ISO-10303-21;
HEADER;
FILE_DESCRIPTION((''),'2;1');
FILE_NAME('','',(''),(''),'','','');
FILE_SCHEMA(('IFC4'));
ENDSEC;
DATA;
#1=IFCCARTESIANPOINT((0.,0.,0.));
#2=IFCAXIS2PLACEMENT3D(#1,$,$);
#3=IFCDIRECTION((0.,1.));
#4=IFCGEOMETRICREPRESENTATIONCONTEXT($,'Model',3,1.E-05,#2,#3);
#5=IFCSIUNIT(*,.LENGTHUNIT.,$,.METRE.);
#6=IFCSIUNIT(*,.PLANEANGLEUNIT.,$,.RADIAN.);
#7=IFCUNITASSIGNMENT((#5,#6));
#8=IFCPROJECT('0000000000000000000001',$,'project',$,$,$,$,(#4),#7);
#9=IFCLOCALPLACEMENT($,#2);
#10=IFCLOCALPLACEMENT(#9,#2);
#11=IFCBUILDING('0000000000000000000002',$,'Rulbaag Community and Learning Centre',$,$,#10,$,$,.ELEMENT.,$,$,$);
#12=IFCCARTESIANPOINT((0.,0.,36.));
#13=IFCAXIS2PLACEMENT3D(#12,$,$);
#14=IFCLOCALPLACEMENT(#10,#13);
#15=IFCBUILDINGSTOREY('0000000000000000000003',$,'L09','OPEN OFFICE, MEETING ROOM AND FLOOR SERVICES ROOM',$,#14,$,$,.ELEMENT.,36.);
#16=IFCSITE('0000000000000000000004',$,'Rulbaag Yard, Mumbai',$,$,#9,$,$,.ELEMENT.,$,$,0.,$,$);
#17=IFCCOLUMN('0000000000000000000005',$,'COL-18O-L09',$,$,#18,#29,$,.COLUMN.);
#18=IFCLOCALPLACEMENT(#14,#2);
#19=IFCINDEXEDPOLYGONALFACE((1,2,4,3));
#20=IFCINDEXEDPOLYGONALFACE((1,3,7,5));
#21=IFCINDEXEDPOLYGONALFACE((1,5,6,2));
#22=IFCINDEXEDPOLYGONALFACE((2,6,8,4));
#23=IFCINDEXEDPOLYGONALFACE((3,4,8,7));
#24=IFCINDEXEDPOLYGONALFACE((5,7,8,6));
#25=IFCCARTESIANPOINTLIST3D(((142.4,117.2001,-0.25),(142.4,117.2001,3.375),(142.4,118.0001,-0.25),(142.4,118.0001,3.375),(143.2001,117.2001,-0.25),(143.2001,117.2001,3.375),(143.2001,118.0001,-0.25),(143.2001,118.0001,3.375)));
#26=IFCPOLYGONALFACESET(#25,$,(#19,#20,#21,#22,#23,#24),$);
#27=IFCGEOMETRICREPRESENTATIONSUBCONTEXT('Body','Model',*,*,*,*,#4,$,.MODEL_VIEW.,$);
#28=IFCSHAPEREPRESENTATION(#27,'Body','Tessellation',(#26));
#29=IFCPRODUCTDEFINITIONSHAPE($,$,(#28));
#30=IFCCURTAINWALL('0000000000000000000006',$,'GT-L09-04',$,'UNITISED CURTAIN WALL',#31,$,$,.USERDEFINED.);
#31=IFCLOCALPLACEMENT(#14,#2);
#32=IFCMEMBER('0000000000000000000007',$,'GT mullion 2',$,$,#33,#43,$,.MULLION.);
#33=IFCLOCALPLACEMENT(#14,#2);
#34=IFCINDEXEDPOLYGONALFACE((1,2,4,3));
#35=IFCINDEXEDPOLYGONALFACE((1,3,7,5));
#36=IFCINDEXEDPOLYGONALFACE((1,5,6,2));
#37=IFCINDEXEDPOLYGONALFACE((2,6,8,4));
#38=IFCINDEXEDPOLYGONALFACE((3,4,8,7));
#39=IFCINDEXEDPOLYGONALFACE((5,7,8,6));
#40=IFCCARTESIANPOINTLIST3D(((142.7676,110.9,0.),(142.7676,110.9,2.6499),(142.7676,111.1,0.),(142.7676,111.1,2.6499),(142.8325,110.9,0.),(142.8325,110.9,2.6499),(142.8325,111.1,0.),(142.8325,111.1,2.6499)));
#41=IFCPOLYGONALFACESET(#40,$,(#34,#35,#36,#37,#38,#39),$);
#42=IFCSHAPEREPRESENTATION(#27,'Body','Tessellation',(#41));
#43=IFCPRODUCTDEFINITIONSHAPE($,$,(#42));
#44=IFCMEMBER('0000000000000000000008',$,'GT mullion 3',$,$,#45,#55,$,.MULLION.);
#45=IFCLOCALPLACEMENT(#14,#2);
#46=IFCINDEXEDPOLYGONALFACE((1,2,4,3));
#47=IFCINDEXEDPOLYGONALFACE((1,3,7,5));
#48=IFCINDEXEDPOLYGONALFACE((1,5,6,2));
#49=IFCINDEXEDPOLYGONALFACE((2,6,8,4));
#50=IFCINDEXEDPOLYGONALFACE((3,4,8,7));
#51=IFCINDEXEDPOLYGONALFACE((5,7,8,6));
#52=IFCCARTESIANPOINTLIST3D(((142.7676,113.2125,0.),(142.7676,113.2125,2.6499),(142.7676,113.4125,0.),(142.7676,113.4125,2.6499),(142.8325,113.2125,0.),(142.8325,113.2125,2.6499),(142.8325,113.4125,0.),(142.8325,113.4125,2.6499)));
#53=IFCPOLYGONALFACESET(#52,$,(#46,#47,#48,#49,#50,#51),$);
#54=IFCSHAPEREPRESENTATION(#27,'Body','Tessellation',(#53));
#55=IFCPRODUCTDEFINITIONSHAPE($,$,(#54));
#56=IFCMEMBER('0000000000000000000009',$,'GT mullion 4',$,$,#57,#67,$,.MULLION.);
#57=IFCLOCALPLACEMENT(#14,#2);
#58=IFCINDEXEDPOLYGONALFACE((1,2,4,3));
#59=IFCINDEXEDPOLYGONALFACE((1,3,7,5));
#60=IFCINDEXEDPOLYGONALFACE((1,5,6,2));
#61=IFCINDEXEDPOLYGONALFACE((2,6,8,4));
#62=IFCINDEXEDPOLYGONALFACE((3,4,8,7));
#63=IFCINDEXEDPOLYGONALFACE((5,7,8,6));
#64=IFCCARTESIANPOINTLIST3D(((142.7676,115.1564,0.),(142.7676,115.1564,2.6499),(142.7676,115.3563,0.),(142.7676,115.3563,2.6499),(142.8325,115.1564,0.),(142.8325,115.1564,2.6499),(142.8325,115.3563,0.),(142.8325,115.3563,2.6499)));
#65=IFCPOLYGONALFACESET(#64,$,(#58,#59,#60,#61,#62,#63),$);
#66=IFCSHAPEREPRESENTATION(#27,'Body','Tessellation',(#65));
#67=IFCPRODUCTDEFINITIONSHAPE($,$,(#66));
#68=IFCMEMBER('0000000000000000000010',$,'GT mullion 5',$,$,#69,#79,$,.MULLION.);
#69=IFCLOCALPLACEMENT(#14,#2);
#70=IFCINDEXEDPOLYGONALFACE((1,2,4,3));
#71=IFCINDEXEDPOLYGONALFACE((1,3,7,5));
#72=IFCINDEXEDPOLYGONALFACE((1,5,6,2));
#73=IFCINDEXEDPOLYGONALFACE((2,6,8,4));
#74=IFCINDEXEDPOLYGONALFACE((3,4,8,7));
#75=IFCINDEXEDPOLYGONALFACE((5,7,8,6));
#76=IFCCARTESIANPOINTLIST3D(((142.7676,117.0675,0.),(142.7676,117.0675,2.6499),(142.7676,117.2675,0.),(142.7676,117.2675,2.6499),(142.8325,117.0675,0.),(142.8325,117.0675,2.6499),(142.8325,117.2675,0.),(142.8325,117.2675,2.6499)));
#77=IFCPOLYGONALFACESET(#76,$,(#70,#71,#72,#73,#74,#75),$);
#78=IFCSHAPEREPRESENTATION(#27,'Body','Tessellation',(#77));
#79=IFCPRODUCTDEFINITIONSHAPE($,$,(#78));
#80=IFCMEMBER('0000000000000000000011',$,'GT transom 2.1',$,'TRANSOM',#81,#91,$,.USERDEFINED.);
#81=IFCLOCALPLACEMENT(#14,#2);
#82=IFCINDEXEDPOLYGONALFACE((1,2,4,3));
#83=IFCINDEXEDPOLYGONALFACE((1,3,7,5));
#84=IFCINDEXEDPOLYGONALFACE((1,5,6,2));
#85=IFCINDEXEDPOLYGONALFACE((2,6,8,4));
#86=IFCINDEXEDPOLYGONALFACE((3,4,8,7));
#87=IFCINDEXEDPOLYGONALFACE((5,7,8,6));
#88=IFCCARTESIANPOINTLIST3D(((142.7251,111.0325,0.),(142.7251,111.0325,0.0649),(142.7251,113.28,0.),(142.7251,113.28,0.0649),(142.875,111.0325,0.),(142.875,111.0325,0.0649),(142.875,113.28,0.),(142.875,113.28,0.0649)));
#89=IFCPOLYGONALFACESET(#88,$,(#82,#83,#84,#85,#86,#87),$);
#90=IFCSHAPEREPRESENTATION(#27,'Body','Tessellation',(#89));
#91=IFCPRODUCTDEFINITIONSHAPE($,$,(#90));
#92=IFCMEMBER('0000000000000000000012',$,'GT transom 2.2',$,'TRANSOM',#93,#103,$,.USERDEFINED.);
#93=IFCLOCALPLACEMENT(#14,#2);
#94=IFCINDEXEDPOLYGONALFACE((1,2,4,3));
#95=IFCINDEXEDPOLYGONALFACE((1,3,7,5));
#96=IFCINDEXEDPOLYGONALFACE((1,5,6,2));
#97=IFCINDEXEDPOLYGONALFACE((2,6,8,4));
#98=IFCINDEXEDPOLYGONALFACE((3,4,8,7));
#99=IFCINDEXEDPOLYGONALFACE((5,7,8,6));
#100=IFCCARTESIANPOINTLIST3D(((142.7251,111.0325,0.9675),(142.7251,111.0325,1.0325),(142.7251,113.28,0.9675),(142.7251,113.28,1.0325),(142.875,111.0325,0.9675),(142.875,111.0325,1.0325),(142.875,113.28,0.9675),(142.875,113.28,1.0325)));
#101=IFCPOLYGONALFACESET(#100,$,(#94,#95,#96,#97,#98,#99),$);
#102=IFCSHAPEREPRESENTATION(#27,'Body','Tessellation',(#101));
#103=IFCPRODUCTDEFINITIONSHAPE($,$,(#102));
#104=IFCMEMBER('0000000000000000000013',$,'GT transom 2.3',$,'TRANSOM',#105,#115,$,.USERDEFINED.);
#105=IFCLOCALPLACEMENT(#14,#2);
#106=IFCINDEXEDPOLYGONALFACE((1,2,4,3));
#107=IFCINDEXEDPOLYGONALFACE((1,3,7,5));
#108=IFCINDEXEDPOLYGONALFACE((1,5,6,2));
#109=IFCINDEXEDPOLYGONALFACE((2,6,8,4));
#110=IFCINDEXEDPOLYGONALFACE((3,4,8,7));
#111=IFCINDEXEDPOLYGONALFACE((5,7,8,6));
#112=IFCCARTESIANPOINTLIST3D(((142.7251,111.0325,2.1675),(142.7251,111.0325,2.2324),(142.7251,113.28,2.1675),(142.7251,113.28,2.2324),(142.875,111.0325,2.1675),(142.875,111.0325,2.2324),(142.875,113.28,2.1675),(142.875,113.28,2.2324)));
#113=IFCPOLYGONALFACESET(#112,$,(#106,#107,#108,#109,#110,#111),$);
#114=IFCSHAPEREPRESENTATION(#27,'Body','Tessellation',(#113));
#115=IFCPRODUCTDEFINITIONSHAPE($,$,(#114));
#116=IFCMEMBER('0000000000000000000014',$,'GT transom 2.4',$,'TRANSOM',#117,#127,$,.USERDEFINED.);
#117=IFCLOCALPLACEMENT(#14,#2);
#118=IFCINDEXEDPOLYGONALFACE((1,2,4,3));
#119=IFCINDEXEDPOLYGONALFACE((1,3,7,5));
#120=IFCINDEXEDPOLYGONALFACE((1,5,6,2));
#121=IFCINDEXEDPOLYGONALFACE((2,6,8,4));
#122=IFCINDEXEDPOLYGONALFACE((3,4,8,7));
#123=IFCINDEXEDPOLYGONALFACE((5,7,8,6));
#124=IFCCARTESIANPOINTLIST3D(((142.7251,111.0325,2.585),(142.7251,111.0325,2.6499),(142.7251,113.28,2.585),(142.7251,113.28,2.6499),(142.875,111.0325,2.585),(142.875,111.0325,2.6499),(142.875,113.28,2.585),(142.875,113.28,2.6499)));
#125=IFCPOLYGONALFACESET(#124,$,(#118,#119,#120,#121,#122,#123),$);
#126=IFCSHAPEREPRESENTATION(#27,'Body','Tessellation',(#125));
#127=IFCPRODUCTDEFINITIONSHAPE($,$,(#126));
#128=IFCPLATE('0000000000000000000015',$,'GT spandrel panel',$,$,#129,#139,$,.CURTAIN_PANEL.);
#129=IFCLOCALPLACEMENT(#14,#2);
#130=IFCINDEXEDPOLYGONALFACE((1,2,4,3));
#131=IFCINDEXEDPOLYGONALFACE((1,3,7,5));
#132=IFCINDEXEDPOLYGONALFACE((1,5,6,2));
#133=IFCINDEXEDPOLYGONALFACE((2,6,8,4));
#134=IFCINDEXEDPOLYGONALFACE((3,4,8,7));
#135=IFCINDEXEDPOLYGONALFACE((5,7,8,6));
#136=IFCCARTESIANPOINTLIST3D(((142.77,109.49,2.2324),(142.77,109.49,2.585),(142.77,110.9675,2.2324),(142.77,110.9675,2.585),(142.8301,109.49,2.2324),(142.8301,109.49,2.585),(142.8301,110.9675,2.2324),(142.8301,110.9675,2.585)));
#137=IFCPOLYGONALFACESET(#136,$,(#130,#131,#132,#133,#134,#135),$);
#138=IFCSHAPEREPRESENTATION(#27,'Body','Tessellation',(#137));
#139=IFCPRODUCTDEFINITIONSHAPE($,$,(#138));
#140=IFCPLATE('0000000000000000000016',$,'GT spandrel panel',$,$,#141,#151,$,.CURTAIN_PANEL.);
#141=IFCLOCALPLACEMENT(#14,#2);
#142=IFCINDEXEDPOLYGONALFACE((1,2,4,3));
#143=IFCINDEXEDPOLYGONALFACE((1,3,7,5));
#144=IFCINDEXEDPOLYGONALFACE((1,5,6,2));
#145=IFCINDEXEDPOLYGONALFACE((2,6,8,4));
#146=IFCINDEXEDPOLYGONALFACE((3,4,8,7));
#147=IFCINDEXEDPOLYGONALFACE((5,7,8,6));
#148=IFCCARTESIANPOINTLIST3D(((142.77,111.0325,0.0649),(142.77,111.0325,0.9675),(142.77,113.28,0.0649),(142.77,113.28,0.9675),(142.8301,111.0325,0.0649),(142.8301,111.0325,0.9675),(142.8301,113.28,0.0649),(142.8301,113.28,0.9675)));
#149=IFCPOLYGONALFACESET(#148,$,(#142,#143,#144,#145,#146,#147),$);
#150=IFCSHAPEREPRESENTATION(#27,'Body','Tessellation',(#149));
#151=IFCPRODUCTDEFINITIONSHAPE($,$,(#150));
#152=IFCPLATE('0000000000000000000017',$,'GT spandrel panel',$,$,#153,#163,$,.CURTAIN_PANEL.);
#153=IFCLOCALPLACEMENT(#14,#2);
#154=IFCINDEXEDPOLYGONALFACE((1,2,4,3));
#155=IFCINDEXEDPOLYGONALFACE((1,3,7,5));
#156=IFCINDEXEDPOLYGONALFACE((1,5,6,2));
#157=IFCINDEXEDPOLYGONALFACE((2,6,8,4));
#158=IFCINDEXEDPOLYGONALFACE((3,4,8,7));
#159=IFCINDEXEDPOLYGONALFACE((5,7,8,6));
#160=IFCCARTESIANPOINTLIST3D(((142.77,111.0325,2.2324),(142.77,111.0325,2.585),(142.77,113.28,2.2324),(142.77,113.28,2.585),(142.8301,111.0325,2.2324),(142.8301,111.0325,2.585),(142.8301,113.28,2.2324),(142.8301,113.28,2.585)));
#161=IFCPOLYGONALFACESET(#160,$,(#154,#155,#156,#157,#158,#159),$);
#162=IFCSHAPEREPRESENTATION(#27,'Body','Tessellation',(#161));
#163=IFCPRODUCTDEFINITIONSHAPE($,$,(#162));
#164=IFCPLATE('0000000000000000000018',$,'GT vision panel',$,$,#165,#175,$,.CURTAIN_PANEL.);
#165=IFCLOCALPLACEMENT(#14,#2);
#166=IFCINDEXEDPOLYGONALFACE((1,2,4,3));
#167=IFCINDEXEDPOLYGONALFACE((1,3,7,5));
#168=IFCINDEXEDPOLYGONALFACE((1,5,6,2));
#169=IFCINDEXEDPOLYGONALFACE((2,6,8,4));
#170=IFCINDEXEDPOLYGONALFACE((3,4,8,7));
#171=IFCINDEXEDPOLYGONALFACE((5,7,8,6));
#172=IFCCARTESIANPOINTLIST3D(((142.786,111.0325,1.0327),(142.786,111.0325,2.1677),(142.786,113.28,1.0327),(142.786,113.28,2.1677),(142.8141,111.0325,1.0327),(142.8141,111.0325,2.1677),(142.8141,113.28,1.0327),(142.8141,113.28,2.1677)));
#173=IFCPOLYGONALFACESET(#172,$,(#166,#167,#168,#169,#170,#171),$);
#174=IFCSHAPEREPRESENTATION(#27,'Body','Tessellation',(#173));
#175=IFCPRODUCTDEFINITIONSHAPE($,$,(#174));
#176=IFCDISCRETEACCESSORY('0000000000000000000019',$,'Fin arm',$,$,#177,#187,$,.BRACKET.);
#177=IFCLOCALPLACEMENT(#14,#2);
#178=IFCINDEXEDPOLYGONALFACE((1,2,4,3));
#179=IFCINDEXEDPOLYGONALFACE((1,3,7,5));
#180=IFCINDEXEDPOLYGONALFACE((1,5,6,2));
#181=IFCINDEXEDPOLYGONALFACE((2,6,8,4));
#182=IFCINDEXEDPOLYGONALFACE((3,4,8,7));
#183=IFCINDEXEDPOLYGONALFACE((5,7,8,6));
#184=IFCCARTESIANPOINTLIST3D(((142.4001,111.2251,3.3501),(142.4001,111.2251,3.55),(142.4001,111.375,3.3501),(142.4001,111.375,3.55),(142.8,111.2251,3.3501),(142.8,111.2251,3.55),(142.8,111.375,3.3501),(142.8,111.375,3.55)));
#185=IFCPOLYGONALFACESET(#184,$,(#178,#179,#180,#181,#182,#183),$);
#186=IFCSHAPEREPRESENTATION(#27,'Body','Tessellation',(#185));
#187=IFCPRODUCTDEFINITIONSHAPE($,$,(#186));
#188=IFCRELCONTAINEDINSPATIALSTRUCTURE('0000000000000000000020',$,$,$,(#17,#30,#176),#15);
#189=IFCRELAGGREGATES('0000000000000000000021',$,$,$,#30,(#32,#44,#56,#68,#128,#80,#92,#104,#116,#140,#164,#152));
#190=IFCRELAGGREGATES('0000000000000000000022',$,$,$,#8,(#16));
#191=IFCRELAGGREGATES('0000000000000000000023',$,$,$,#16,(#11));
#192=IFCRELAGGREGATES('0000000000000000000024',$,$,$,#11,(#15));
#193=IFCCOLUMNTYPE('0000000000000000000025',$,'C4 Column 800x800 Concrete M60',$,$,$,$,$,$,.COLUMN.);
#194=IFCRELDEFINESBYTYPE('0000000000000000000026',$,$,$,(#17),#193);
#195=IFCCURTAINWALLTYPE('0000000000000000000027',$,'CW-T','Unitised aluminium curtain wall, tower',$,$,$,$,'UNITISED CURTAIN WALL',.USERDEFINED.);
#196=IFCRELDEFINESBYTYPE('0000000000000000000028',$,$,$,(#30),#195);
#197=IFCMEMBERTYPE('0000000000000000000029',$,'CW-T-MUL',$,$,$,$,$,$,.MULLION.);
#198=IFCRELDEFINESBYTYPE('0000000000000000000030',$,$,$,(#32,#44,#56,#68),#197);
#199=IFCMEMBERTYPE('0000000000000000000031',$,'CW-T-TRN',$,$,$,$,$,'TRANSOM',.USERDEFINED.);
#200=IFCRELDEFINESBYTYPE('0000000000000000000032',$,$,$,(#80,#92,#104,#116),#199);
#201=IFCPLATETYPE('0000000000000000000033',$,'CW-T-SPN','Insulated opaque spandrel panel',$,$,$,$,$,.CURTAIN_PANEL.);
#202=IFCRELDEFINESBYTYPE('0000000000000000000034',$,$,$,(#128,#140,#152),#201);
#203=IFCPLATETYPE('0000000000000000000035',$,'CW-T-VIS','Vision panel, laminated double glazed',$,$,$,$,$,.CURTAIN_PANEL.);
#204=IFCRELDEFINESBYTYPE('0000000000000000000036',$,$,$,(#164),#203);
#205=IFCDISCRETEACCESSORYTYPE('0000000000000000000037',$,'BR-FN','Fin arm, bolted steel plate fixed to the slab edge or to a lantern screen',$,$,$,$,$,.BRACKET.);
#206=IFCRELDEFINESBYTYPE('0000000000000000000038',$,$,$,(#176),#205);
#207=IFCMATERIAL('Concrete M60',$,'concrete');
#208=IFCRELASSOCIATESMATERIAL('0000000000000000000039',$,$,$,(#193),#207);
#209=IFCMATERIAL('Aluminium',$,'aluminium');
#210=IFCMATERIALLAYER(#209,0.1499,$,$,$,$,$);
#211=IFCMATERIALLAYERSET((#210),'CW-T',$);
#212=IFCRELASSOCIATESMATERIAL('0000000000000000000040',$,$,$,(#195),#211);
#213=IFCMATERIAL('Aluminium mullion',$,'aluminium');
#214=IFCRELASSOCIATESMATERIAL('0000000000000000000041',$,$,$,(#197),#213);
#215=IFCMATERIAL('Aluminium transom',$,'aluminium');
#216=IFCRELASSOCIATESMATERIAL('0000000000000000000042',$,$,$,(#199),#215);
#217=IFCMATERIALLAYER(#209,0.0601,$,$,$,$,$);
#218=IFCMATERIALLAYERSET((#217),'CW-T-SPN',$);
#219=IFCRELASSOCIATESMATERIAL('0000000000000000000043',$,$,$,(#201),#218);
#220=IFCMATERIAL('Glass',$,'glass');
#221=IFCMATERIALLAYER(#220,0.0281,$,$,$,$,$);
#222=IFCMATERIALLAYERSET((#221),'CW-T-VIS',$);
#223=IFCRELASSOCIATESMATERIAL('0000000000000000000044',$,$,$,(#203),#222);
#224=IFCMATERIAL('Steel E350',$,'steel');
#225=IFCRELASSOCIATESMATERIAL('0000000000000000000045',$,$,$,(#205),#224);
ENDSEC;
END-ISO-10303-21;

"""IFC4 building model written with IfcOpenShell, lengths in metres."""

from ifc_helpers import new_model, si_unit, direction, frame, origin, origin_2d, place, context, subcontext, project, spatial, rectangle, extrude, material, layer, layer_set, material_profile, profile_set, type_object, element, aggregate, save


model = new_model("IFC4")

# Units and contexts
model_context = context("Model", 3, precision=1e-05, world=origin(), true_north=direction((0.0, 1.0)))
body_context = subcontext(model_context, "Body", "Model", "MODEL_VIEW")
ifc_project = project(units=[si_unit("LENGTHUNIT", "METRE"), si_unit("PLANEANGLEUNIT", "RADIAN")], contexts=[model_context])

# Site, building, storey
site_placement = place(None, origin())
site = spatial("IfcSite", under=ifc_project, at=site_placement, Name="Rulbaag Yard, Mumbai", CompositionType="ELEMENT", RefElevation=0.0)
building_placement = place(site_placement, origin())
building = spatial("IfcBuilding", under=site, at=building_placement, Name="Rulbaag Community and Learning Centre", CompositionType="ELEMENT")
storey_placement = place(building_placement, frame((0.0, 0.0, 36.0)))
storey = spatial("IfcBuildingStorey", under=building, at=storey_placement, Name="L09", Description="OPEN OFFICE, MEETING ROOM AND FLOOR SERVICES ROOM", CompositionType="ELEMENT", Elevation=36.0)

# Column
ifc_material_1 = material(Name="Concrete M60", Category="concrete")
ifc_material_profile_1 = material_profile(ifc_material_1, rectangle(XDim=0.8, YDim=0.8, at=origin_2d()), Name="RC800x800")
ifc_profile_set_1 = profile_set([ifc_material_profile_1], Name="Concrete M60")
column_type = type_object("IfcColumnType", Name="C4 Column 800x800 Concrete M60", PredefinedType="COLUMN", material=ifc_profile_set_1)
column_placement = place(storey_placement, frame((142.8, 117.6001, -0.25), z_axis=(0.0, 0.0, 1.0), x_axis=(1.0, 0.0, 0.0)))
element("IfcColumn", 1, at=column_placement, inside=storey, type_object=column_type, Name="COL-18O-L09", PredefinedType="COLUMN", context=body_context, shape_type="SweptSolid", body=[
    extrude(rectangle(XDim=0.8, YDim=0.8, at=origin_2d()), origin(), (0.0, 0.0, 1.0), 3.625),
])

# Curtain wall, members, plates
ifc_material_2 = material(Name="Aluminium", Category="aluminium")
ifc_layer_1 = layer(ifc_material_2, 0.1499)
ifc_layer_set_1 = layer_set([ifc_layer_1], Name="CW-T")
curtain_wall_type = type_object("IfcCurtainWallType", Name="CW-T", Description="Unitised aluminium curtain wall, tower", ElementType="UNITISED CURTAIN WALL", PredefinedType="USERDEFINED", material=ifc_layer_set_1)
curtain_wall_placement = place(storey_placement, origin())
curtain_wall = element("IfcCurtainWall", 2, at=curtain_wall_placement, inside=storey, type_object=curtain_wall_type, Name="GT-L09-04", ObjectType="UNITISED CURTAIN WALL", PredefinedType="USERDEFINED")
ifc_material_3 = material(Name="Aluminium mullion", Category="aluminium")
ifc_material_profile_2 = material_profile(ifc_material_3, rectangle(XDim=0.0649, YDim=0.2, at=origin_2d()), Name="AL 65x200")
ifc_profile_set_2 = profile_set([ifc_material_profile_2], Name="Aluminium mullion")
member_type_1 = type_object("IfcMemberType", Name="CW-T-MUL", PredefinedType="MULLION", material=ifc_profile_set_2)
member_1_placement = place(storey_placement, frame((142.8, 111.0, 0.0), z_axis=(0.0, 0.0, 1.0), x_axis=(-1.0, 0.0, 0.0)))
member_1 = element("IfcMember", 3, at=member_1_placement, type_object=member_type_1, Name="GT mullion 2", PredefinedType="MULLION", context=body_context, shape_type="SweptSolid", body=[
    extrude(rectangle(XDim=0.0649, YDim=0.2, at=origin_2d()), origin(), (0.0, 0.0, 1.0), 2.6499),
])
member_2_placement = place(storey_placement, frame((142.8, 113.3125, 0.0), z_axis=(0.0, 0.0, 1.0), x_axis=(-1.0, 0.0, 0.0)))
member_2 = element("IfcMember", 4, at=member_2_placement, type_object=member_type_1, Name="GT mullion 3", PredefinedType="MULLION", context=body_context, shape_type="SweptSolid", body=[
    extrude(rectangle(XDim=0.0649, YDim=0.2, at=origin_2d()), origin(), (0.0, 0.0, 1.0), 2.6499),
])
member_3_placement = place(storey_placement, frame((142.8, 115.2563, 0.0), z_axis=(0.0, 0.0, 1.0), x_axis=(-1.0, 0.0, 0.0)))
member_3 = element("IfcMember", 5, at=member_3_placement, type_object=member_type_1, Name="GT mullion 4", PredefinedType="MULLION", context=body_context, shape_type="SweptSolid", body=[
    extrude(rectangle(XDim=0.0649, YDim=0.2, at=origin_2d()), origin(), (0.0, 0.0, 1.0), 2.6499),
])
member_4_placement = place(storey_placement, frame((142.8, 117.1675, 0.0), z_axis=(0.0, 0.0, 1.0), x_axis=(-1.0, 0.0, 0.0)))
member_4 = element("IfcMember", 6, at=member_4_placement, type_object=member_type_1, Name="GT mullion 5", PredefinedType="MULLION", context=body_context, shape_type="SweptSolid", body=[
    extrude(rectangle(XDim=0.0649, YDim=0.2, at=origin_2d()), origin(), (0.0, 0.0, 1.0), 2.6499),
])
ifc_material_4 = material(Name="Aluminium transom", Category="aluminium")
ifc_material_profile_3 = material_profile(ifc_material_4, rectangle(XDim=0.1499, YDim=0.0649, at=origin_2d()), Name="AL 65x150 T")
ifc_profile_set_3 = profile_set([ifc_material_profile_3], Name="Aluminium transom")
member_type_2 = type_object("IfcMemberType", Name="CW-T-TRN", ElementType="TRANSOM", PredefinedType="USERDEFINED", material=ifc_profile_set_3)
member_5_placement = place(storey_placement, frame((142.8, 111.0325, 0.0325), z_axis=(0.0, 1.0, 0.0), x_axis=(-1.0, 0.0, 0.0)))
member_5 = element("IfcMember", 7, at=member_5_placement, type_object=member_type_2, Name="GT transom 2.1", ObjectType="TRANSOM", PredefinedType="USERDEFINED", context=body_context, shape_type="SweptSolid", body=[
    extrude(rectangle(XDim=0.1499, YDim=0.0649, at=origin_2d()), origin(), (0.0, 0.0, 1.0), 2.2476),
])
member_6_placement = place(storey_placement, frame((142.8, 111.0325, 1.0), z_axis=(0.0, 1.0, 0.0), x_axis=(-1.0, 0.0, 0.0)))
member_6 = element("IfcMember", 8, at=member_6_placement, type_object=member_type_2, Name="GT transom 2.2", ObjectType="TRANSOM", PredefinedType="USERDEFINED", context=body_context, shape_type="SweptSolid", body=[
    extrude(rectangle(XDim=0.1499, YDim=0.0649, at=origin_2d()), origin(), (0.0, 0.0, 1.0), 2.2476),
])
member_7_placement = place(storey_placement, frame((142.8, 111.0325, 2.2), z_axis=(0.0, 1.0, 0.0), x_axis=(-1.0, 0.0, 0.0)))
member_7 = element("IfcMember", 9, at=member_7_placement, type_object=member_type_2, Name="GT transom 2.3", ObjectType="TRANSOM", PredefinedType="USERDEFINED", context=body_context, shape_type="SweptSolid", body=[
    extrude(rectangle(XDim=0.1499, YDim=0.0649, at=origin_2d()), origin(), (0.0, 0.0, 1.0), 2.2476),
])
member_8_placement = place(storey_placement, frame((142.8, 111.0325, 2.6174), z_axis=(0.0, 1.0, 0.0), x_axis=(-1.0, 0.0, 0.0)))
member_8 = element("IfcMember", 10, at=member_8_placement, type_object=member_type_2, Name="GT transom 2.4", ObjectType="TRANSOM", PredefinedType="USERDEFINED", context=body_context, shape_type="SweptSolid", body=[
    extrude(rectangle(XDim=0.1499, YDim=0.0649, at=origin_2d()), origin(), (0.0, 0.0, 1.0), 2.2476),
])
ifc_layer_2 = layer(ifc_material_2, 0.0601)
ifc_layer_set_2 = layer_set([ifc_layer_2], Name="CW-T-SPN")
plate_type_1 = type_object("IfcPlateType", Name="CW-T-SPN", Description="Insulated opaque spandrel panel", PredefinedType="CURTAIN_PANEL", material=ifc_layer_set_2)
plate_1_placement = place(storey_placement, frame((142.8, 110.2288, 2.2324), z_axis=(0.0, 0.0, 1.0), x_axis=(0.0, 1.0, 0.0)))
plate_1 = element("IfcPlate", 11, at=plate_1_placement, type_object=plate_type_1, Name="GT spandrel panel", PredefinedType="CURTAIN_PANEL", context=body_context, shape_type="SweptSolid", body=[
    extrude(rectangle(XDim=1.4775, YDim=0.0601, at=origin_2d()), origin(), (0.0, 0.0, 1.0), 0.3525),
])
plate_2_placement = place(storey_placement, frame((142.8, 112.1562, 0.0649), z_axis=(0.0, 0.0, 1.0), x_axis=(0.0, 1.0, 0.0)))
plate_2 = element("IfcPlate", 12, at=plate_2_placement, type_object=plate_type_1, Name="GT spandrel panel", PredefinedType="CURTAIN_PANEL", context=body_context, shape_type="SweptSolid", body=[
    extrude(rectangle(XDim=2.2476, YDim=0.0601, at=origin_2d()), origin(), (0.0, 0.0, 1.0), 0.9026),
])
plate_3_placement = place(storey_placement, frame((142.8, 112.1562, 2.2324), z_axis=(0.0, 0.0, 1.0), x_axis=(0.0, 1.0, 0.0)))
plate_3 = element("IfcPlate", 13, at=plate_3_placement, type_object=plate_type_1, Name="GT spandrel panel", PredefinedType="CURTAIN_PANEL", context=body_context, shape_type="SweptSolid", body=[
    extrude(rectangle(XDim=2.2476, YDim=0.0601, at=origin_2d()), origin(), (0.0, 0.0, 1.0), 0.3525),
])
ifc_material_5 = material(Name="Glass", Category="glass")
ifc_layer_3 = layer(ifc_material_5, 0.0281)
ifc_layer_set_3 = layer_set([ifc_layer_3], Name="CW-T-VIS")
plate_type_2 = type_object("IfcPlateType", Name="CW-T-VIS", Description="Vision panel, laminated double glazed", PredefinedType="CURTAIN_PANEL", material=ifc_layer_set_3)
plate_4_placement = place(storey_placement, frame((142.8, 112.1562, 1.0327), z_axis=(0.0, 0.0, 1.0), x_axis=(0.0, 1.0, 0.0)))
plate_4 = element("IfcPlate", 14, at=plate_4_placement, type_object=plate_type_2, Name="GT vision panel", PredefinedType="CURTAIN_PANEL", context=body_context, shape_type="SweptSolid", body=[
    extrude(rectangle(XDim=2.2476, YDim=0.0281, at=origin_2d()), origin(), (0.0, 0.0, 1.0), 1.135),
])
aggregate(curtain_wall, [member_1, member_2, member_3, member_4, plate_1, member_5, member_6, member_7, member_8, plate_2, plate_4, plate_3])

# Discrete accessory
ifc_material_6 = material(Name="Steel E350", Category="steel")
discrete_accessory_type = type_object("IfcDiscreteAccessoryType", Name="BR-FN", Description="Fin arm, bolted steel plate fixed to the slab edge or to a lantern screen", PredefinedType="BRACKET", material=ifc_material_6)
for number, where, z_axis, x_axis, name in (
    (15, (142.6001, 111.3, 3.3501), (0.0, 0.0, 1.0), (1.0, 0.0, 0.0), "Fin arm"),
):
    element("IfcDiscreteAccessory", number, at=place(storey_placement, frame(where, z_axis=z_axis, x_axis=x_axis)), inside=storey, type_object=discrete_accessory_type, Name=name, PredefinedType="BRACKET", context=body_context, shape_type="SweptSolid", body=[
        extrude(rectangle(XDim=0.3999, YDim=0.1499, at=origin_2d()), origin(), (0.0, 0.0, 1.0), 0.2),
    ])

save(model, "model.ifc")
